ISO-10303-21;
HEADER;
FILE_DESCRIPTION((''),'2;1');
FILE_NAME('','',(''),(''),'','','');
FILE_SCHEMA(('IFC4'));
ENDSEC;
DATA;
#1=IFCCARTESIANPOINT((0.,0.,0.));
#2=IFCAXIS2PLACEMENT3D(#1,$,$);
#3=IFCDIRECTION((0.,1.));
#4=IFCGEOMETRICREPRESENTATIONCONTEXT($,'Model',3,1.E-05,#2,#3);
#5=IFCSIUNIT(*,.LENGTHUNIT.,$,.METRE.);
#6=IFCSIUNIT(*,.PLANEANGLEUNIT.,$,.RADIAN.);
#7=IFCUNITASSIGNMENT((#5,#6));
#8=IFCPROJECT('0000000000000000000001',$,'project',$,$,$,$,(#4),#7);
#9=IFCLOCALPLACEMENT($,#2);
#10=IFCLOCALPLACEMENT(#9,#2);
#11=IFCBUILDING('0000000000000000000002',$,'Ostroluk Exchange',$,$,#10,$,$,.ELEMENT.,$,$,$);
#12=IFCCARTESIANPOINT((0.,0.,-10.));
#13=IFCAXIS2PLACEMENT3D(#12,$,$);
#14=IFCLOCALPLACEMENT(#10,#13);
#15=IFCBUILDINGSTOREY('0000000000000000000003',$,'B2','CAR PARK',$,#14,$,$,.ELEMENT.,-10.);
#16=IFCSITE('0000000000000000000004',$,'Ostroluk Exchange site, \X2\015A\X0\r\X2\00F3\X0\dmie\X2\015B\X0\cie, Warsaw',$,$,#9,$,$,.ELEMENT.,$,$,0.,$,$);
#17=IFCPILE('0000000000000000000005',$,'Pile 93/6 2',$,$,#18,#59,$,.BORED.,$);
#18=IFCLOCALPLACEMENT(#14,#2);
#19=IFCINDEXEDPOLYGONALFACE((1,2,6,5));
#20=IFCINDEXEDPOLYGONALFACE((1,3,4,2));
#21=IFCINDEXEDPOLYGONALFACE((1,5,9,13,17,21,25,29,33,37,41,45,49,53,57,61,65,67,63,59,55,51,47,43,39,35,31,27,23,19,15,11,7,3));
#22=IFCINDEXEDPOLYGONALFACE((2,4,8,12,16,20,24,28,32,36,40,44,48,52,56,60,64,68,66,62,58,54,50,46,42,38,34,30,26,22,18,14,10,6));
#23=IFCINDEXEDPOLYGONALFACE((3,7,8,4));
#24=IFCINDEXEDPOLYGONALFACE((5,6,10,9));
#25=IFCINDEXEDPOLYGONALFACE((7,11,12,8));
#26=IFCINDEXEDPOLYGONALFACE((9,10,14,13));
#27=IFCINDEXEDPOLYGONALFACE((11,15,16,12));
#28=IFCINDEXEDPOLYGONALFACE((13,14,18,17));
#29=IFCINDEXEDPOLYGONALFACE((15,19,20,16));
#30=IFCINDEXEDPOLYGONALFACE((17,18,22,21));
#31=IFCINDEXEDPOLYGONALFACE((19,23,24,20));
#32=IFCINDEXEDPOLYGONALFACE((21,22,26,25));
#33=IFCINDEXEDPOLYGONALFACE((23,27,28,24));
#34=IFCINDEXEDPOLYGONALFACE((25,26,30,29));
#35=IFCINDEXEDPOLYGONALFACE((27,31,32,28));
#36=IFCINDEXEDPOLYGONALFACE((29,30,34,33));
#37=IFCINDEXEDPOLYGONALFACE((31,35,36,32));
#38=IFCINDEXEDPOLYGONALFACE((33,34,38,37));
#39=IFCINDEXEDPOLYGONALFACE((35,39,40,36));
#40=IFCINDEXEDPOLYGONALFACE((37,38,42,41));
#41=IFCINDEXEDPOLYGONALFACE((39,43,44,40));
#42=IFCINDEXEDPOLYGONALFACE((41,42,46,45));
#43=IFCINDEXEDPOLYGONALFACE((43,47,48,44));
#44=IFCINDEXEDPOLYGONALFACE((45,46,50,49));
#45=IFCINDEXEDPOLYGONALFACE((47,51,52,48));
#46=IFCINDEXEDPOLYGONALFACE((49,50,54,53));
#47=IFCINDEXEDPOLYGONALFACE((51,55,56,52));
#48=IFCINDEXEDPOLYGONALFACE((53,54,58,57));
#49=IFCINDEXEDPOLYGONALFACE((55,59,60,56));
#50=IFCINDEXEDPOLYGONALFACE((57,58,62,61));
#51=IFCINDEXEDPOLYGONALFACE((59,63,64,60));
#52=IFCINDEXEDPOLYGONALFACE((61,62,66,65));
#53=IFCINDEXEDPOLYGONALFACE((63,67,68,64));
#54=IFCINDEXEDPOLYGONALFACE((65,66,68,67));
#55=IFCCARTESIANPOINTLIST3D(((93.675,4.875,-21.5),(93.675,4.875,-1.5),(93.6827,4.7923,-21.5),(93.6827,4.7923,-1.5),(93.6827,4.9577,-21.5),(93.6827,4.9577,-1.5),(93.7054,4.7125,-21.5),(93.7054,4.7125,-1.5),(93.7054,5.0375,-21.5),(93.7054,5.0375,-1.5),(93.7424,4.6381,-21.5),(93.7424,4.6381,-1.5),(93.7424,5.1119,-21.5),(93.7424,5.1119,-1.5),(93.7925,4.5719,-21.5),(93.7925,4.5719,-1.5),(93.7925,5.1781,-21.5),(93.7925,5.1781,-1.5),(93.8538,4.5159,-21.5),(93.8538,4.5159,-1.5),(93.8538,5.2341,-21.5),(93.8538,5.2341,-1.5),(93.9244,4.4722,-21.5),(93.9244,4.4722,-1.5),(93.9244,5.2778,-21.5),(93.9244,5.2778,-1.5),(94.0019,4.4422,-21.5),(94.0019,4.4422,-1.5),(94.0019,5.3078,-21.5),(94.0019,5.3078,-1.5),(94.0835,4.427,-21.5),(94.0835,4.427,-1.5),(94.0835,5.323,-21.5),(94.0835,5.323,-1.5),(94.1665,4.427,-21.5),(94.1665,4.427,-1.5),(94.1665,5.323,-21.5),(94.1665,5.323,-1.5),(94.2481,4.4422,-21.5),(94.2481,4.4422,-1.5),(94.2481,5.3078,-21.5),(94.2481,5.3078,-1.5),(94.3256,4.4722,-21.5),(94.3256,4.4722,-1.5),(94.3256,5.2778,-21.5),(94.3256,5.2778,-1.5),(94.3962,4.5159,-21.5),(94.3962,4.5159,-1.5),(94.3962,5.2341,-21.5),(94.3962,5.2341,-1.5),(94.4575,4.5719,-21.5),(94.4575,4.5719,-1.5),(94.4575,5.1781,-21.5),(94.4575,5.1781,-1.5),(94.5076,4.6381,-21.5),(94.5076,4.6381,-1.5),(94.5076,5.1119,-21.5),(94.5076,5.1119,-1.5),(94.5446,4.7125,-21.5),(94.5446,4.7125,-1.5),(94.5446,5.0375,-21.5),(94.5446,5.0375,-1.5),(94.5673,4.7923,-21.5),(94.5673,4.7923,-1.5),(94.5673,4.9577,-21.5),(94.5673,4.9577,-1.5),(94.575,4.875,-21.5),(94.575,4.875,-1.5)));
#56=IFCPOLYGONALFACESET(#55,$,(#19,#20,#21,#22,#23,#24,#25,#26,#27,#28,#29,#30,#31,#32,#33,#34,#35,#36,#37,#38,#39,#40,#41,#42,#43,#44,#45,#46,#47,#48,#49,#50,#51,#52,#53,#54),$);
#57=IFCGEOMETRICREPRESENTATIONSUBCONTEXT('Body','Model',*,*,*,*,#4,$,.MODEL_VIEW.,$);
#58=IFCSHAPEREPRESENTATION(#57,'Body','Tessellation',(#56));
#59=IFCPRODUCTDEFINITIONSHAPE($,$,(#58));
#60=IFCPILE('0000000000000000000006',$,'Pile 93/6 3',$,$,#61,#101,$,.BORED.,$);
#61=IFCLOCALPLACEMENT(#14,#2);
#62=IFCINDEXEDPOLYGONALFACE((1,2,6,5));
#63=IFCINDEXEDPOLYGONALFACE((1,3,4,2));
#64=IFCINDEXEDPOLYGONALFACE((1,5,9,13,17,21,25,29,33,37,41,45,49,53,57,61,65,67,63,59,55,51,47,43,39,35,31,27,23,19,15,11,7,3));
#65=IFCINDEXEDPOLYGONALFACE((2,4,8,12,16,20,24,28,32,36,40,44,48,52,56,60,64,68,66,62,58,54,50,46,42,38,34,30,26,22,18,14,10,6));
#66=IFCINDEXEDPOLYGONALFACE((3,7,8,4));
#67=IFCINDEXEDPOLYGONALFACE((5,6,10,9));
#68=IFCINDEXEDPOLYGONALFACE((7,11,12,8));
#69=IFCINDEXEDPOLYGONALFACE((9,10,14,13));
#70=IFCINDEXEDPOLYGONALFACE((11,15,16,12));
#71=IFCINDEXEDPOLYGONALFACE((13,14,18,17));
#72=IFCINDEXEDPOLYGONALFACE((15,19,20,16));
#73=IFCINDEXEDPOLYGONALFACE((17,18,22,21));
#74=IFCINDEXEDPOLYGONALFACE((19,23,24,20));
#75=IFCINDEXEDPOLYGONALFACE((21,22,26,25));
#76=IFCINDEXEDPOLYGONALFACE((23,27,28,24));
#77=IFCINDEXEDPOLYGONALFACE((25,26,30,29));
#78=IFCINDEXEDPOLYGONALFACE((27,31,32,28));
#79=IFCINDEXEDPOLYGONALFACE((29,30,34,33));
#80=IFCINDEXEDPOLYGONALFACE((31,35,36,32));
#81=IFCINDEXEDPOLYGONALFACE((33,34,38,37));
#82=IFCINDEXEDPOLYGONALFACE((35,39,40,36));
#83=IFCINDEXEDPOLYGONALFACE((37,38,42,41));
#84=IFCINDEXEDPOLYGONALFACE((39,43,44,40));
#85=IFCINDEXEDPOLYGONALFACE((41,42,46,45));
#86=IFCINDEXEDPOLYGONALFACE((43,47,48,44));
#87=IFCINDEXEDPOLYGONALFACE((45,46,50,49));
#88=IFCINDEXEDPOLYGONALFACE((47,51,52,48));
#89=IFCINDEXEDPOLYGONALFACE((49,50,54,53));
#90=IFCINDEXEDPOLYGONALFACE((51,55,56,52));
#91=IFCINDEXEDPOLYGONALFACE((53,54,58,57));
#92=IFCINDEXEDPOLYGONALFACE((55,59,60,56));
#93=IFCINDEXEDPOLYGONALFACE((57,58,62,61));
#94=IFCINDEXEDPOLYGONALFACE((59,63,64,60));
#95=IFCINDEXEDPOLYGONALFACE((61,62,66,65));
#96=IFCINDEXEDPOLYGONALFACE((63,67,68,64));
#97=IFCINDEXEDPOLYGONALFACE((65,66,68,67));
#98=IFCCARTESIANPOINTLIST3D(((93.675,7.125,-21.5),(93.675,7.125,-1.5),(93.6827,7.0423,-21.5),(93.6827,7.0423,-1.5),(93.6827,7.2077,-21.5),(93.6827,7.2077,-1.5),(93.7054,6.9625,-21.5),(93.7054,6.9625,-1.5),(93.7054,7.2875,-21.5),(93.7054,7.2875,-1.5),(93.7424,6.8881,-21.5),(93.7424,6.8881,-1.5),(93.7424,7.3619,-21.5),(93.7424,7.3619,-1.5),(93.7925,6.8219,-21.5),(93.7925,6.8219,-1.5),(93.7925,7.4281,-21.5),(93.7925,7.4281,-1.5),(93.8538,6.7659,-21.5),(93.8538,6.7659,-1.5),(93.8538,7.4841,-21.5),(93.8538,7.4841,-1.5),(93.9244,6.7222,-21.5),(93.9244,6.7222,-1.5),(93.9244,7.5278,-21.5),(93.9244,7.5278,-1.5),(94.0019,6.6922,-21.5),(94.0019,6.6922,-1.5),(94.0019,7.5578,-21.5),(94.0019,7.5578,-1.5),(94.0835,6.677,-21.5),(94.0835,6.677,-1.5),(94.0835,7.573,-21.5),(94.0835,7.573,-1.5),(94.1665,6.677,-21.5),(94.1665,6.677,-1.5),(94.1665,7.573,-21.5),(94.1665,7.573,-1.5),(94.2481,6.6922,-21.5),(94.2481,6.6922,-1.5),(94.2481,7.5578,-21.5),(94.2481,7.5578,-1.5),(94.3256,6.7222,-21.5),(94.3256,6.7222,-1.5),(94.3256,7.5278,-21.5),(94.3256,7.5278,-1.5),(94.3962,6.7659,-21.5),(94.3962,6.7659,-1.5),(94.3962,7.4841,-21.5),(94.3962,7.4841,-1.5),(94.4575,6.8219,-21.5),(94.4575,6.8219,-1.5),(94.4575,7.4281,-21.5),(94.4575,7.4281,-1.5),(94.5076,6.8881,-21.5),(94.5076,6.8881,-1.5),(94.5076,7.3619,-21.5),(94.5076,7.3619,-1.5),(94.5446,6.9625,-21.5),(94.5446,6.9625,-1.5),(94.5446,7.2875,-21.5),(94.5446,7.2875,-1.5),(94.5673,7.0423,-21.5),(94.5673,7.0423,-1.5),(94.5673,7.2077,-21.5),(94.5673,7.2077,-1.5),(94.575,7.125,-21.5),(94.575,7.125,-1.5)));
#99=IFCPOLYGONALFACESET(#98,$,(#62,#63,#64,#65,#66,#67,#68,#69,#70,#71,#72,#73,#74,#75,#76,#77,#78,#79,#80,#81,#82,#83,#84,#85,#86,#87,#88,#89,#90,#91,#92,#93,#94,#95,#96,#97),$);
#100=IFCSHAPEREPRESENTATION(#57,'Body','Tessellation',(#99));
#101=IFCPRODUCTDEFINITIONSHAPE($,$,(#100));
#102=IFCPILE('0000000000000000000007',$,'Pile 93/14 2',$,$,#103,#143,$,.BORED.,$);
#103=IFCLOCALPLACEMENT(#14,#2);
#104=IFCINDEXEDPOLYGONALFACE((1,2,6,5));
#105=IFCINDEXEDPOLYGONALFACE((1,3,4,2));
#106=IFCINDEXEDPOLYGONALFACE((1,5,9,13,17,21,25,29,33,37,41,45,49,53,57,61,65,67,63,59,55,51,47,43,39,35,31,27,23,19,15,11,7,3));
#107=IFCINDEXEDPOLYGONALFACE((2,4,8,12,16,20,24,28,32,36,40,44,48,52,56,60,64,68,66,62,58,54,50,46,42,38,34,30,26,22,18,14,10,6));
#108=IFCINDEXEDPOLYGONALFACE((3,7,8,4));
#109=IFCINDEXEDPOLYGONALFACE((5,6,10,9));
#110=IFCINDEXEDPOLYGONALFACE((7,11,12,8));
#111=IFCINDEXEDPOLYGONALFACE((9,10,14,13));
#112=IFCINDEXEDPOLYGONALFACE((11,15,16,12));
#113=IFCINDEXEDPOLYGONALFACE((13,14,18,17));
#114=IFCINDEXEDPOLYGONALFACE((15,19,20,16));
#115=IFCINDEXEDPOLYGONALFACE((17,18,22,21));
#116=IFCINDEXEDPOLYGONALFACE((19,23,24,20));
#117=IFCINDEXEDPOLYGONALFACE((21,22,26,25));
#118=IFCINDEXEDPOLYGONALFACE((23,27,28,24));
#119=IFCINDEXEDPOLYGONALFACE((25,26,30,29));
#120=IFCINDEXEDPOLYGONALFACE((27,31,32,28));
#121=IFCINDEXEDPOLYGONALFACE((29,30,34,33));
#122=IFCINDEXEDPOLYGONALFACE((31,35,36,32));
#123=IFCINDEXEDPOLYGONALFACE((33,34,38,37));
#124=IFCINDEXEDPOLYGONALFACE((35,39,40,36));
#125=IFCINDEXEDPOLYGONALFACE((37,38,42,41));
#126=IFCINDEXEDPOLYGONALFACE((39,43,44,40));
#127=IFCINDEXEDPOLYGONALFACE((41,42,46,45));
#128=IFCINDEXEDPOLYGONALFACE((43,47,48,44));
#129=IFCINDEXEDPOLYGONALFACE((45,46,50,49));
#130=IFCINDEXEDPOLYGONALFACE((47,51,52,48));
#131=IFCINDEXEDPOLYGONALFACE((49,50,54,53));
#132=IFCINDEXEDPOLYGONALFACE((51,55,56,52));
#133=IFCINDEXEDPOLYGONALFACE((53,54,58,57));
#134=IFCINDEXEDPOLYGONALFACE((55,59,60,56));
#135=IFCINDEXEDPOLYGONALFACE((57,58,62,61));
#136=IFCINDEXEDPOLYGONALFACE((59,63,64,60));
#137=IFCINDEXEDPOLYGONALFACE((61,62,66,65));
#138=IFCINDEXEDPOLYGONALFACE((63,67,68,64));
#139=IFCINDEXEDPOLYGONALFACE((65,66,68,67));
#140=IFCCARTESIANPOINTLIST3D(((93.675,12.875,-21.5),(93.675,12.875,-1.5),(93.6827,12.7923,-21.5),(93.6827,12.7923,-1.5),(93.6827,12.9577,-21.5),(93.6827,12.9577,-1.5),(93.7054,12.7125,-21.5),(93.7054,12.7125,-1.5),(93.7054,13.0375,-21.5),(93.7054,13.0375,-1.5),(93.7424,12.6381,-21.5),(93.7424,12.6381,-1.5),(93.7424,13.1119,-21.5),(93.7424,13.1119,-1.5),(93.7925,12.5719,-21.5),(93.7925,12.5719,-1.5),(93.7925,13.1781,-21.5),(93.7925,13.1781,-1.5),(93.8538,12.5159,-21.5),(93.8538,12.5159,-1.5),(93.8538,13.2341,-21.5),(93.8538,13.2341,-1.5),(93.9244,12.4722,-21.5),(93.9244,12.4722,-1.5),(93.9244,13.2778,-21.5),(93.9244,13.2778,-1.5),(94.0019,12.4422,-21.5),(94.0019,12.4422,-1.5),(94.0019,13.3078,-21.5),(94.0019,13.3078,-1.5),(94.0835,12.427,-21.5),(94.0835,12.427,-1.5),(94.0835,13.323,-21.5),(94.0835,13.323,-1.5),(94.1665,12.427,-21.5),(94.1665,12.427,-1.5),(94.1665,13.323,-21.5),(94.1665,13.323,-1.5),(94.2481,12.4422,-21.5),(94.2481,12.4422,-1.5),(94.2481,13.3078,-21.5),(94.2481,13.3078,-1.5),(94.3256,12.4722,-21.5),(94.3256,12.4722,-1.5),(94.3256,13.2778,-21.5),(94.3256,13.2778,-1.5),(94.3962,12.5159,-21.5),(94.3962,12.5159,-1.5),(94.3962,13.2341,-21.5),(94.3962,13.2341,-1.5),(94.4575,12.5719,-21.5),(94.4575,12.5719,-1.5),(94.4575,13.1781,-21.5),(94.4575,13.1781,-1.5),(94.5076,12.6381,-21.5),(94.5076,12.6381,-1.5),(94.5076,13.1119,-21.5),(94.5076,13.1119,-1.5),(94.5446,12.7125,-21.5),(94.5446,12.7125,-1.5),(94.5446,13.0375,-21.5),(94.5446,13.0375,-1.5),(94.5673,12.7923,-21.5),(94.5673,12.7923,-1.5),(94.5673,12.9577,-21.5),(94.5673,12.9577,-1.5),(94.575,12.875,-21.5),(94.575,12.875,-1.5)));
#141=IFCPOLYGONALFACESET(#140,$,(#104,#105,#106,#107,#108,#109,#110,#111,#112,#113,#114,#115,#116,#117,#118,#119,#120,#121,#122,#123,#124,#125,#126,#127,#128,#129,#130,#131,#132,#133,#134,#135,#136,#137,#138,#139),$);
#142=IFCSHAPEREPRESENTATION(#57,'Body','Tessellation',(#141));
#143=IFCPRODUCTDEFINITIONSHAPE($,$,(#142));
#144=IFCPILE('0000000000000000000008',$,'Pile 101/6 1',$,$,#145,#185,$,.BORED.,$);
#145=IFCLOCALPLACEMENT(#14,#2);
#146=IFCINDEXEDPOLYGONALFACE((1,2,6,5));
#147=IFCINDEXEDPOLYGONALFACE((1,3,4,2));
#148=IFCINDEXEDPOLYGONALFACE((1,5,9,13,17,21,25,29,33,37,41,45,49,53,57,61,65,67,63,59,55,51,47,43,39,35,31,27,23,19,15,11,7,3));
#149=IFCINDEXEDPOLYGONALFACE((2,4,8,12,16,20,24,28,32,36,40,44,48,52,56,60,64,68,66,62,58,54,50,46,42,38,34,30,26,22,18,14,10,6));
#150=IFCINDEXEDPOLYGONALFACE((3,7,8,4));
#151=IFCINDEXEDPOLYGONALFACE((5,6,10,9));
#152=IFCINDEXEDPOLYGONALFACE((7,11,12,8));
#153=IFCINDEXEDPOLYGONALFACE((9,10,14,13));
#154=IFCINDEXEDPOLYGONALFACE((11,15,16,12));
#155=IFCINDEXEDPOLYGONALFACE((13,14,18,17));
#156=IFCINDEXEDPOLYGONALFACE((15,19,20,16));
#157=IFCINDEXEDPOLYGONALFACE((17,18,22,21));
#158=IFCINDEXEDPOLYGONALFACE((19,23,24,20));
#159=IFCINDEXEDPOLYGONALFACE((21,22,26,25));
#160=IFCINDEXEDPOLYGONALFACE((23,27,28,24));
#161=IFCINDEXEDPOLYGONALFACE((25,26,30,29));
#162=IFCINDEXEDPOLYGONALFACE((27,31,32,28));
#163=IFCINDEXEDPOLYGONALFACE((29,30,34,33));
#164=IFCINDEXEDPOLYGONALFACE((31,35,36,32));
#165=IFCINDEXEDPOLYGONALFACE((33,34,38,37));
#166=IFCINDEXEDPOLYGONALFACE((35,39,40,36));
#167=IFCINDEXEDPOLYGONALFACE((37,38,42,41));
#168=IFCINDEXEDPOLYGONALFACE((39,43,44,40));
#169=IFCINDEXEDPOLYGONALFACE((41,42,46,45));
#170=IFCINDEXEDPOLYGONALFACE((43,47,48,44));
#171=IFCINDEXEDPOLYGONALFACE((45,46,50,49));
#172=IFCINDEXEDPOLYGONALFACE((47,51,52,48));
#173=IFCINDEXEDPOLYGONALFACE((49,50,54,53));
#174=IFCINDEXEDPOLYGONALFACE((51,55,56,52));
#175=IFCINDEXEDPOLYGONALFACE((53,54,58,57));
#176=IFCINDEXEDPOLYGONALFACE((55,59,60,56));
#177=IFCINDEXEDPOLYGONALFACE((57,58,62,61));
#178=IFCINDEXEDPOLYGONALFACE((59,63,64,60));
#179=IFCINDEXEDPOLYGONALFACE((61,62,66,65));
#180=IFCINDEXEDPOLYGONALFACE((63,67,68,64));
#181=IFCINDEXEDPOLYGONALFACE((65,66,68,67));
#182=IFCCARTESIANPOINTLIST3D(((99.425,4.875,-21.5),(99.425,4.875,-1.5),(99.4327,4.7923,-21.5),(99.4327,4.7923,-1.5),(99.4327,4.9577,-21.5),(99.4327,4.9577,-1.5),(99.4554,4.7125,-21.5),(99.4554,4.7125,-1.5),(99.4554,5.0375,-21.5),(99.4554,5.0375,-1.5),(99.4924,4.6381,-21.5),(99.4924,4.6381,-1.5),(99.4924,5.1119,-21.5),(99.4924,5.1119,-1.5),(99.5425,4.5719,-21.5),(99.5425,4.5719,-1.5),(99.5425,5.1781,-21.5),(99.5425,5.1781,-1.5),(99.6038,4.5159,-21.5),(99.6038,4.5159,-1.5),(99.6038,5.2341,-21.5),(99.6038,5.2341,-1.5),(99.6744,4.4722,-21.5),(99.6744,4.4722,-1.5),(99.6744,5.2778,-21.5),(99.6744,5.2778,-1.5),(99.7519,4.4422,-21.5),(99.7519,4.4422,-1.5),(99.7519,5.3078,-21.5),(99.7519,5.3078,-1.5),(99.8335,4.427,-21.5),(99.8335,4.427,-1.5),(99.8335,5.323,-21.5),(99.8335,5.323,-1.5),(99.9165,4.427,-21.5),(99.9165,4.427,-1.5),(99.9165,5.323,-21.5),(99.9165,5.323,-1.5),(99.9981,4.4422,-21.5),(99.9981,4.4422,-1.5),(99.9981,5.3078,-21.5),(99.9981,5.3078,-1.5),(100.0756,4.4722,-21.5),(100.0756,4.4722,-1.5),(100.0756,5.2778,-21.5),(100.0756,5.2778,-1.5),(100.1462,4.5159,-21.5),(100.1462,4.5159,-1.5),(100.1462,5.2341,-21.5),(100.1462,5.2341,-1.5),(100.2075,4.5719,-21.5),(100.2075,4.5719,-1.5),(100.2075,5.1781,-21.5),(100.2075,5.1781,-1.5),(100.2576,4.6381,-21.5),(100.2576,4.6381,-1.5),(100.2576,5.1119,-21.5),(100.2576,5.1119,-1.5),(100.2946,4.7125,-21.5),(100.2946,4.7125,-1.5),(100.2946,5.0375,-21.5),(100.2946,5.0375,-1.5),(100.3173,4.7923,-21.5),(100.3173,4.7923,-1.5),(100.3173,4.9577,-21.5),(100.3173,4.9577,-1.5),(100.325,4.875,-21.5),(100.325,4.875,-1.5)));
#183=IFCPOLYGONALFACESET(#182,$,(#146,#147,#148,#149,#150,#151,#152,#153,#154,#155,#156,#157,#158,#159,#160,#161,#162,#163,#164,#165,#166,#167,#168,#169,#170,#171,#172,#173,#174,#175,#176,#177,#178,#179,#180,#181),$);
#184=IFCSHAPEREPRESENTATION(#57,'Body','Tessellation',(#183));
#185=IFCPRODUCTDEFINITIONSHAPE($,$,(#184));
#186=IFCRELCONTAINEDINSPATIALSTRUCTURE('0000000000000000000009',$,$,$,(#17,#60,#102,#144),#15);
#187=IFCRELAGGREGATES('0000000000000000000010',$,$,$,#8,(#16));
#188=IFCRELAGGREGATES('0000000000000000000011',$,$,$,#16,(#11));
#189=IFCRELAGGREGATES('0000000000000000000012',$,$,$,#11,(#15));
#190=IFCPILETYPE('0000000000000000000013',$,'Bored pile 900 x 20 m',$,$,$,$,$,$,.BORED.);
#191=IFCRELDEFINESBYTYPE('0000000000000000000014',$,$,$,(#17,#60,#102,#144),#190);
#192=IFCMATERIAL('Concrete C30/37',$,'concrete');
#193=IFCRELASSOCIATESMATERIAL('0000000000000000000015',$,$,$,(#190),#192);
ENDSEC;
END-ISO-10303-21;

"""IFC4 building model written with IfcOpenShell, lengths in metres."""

from ifc_helpers import new_model, si_unit, direction, frame, origin, origin_2d, place, context, subcontext, project, spatial, circle, extrude, material, type_object, element, save


model = new_model("IFC4")

# Units and contexts
model_context = context("Model", 3, precision=1e-05, world=origin(), true_north=direction((0.0, 1.0)))
body_context = subcontext(model_context, "Body", "Model", "MODEL_VIEW")
ifc_project = project(units=[si_unit("LENGTHUNIT", "METRE"), si_unit("PLANEANGLEUNIT", "RADIAN")], contexts=[model_context])

# Site, building, storey
site_placement = place(None, origin())
site = spatial("IfcSite", under=ifc_project, at=site_placement, Name="Ostroluk Exchange site, Śródmieście, Warsaw", CompositionType="ELEMENT", RefElevation=0.0)
building_placement = place(site_placement, origin())
building = spatial("IfcBuilding", under=site, at=building_placement, Name="Ostroluk Exchange", CompositionType="ELEMENT")
storey_placement = place(building_placement, frame((0.0, 0.0, -10.0)))
storey = spatial("IfcBuildingStorey", under=building, at=storey_placement, Name="B2", Description="CAR PARK", CompositionType="ELEMENT", Elevation=-10.0)

# Piles
ifc_material_1 = material(Name="Concrete C30/37", Category="concrete")
pile_type = type_object("IfcPileType", Name="Bored pile 900 x 20 m", PredefinedType="BORED", material=ifc_material_1)
for number, where, z_axis, x_axis, name in (
    (1, (94.125, 4.875, -1.5), (0.0, 0.0, -1.0), (1.0, 0.0, 0.0), "Pile 93/6 2"),
    (2, (94.125, 7.125, -1.5), (0.0, 0.0, -1.0), (1.0, 0.0, 0.0), "Pile 93/6 3"),
    (3, (94.125, 12.875, -1.5), (0.0, 0.0, -1.0), (1.0, 0.0, 0.0), "Pile 93/14 2"),
    (4, (99.875, 4.875, -1.5), (0.0, 0.0, -1.0), (1.0, 0.0, 0.0), "Pile 101/6 1"),
):
    element("IfcPile", number, at=place(storey_placement, frame(where, z_axis=z_axis, x_axis=x_axis)), inside=storey, type_object=pile_type, Name=name, PredefinedType="BORED", context=body_context, shape_type="SweptSolid", body=[
        extrude(circle(Radius=0.45, at=origin_2d()), origin(), (0.0, 0.0, 1.0), 20.0),
    ])

save(model, "model.ifc")
